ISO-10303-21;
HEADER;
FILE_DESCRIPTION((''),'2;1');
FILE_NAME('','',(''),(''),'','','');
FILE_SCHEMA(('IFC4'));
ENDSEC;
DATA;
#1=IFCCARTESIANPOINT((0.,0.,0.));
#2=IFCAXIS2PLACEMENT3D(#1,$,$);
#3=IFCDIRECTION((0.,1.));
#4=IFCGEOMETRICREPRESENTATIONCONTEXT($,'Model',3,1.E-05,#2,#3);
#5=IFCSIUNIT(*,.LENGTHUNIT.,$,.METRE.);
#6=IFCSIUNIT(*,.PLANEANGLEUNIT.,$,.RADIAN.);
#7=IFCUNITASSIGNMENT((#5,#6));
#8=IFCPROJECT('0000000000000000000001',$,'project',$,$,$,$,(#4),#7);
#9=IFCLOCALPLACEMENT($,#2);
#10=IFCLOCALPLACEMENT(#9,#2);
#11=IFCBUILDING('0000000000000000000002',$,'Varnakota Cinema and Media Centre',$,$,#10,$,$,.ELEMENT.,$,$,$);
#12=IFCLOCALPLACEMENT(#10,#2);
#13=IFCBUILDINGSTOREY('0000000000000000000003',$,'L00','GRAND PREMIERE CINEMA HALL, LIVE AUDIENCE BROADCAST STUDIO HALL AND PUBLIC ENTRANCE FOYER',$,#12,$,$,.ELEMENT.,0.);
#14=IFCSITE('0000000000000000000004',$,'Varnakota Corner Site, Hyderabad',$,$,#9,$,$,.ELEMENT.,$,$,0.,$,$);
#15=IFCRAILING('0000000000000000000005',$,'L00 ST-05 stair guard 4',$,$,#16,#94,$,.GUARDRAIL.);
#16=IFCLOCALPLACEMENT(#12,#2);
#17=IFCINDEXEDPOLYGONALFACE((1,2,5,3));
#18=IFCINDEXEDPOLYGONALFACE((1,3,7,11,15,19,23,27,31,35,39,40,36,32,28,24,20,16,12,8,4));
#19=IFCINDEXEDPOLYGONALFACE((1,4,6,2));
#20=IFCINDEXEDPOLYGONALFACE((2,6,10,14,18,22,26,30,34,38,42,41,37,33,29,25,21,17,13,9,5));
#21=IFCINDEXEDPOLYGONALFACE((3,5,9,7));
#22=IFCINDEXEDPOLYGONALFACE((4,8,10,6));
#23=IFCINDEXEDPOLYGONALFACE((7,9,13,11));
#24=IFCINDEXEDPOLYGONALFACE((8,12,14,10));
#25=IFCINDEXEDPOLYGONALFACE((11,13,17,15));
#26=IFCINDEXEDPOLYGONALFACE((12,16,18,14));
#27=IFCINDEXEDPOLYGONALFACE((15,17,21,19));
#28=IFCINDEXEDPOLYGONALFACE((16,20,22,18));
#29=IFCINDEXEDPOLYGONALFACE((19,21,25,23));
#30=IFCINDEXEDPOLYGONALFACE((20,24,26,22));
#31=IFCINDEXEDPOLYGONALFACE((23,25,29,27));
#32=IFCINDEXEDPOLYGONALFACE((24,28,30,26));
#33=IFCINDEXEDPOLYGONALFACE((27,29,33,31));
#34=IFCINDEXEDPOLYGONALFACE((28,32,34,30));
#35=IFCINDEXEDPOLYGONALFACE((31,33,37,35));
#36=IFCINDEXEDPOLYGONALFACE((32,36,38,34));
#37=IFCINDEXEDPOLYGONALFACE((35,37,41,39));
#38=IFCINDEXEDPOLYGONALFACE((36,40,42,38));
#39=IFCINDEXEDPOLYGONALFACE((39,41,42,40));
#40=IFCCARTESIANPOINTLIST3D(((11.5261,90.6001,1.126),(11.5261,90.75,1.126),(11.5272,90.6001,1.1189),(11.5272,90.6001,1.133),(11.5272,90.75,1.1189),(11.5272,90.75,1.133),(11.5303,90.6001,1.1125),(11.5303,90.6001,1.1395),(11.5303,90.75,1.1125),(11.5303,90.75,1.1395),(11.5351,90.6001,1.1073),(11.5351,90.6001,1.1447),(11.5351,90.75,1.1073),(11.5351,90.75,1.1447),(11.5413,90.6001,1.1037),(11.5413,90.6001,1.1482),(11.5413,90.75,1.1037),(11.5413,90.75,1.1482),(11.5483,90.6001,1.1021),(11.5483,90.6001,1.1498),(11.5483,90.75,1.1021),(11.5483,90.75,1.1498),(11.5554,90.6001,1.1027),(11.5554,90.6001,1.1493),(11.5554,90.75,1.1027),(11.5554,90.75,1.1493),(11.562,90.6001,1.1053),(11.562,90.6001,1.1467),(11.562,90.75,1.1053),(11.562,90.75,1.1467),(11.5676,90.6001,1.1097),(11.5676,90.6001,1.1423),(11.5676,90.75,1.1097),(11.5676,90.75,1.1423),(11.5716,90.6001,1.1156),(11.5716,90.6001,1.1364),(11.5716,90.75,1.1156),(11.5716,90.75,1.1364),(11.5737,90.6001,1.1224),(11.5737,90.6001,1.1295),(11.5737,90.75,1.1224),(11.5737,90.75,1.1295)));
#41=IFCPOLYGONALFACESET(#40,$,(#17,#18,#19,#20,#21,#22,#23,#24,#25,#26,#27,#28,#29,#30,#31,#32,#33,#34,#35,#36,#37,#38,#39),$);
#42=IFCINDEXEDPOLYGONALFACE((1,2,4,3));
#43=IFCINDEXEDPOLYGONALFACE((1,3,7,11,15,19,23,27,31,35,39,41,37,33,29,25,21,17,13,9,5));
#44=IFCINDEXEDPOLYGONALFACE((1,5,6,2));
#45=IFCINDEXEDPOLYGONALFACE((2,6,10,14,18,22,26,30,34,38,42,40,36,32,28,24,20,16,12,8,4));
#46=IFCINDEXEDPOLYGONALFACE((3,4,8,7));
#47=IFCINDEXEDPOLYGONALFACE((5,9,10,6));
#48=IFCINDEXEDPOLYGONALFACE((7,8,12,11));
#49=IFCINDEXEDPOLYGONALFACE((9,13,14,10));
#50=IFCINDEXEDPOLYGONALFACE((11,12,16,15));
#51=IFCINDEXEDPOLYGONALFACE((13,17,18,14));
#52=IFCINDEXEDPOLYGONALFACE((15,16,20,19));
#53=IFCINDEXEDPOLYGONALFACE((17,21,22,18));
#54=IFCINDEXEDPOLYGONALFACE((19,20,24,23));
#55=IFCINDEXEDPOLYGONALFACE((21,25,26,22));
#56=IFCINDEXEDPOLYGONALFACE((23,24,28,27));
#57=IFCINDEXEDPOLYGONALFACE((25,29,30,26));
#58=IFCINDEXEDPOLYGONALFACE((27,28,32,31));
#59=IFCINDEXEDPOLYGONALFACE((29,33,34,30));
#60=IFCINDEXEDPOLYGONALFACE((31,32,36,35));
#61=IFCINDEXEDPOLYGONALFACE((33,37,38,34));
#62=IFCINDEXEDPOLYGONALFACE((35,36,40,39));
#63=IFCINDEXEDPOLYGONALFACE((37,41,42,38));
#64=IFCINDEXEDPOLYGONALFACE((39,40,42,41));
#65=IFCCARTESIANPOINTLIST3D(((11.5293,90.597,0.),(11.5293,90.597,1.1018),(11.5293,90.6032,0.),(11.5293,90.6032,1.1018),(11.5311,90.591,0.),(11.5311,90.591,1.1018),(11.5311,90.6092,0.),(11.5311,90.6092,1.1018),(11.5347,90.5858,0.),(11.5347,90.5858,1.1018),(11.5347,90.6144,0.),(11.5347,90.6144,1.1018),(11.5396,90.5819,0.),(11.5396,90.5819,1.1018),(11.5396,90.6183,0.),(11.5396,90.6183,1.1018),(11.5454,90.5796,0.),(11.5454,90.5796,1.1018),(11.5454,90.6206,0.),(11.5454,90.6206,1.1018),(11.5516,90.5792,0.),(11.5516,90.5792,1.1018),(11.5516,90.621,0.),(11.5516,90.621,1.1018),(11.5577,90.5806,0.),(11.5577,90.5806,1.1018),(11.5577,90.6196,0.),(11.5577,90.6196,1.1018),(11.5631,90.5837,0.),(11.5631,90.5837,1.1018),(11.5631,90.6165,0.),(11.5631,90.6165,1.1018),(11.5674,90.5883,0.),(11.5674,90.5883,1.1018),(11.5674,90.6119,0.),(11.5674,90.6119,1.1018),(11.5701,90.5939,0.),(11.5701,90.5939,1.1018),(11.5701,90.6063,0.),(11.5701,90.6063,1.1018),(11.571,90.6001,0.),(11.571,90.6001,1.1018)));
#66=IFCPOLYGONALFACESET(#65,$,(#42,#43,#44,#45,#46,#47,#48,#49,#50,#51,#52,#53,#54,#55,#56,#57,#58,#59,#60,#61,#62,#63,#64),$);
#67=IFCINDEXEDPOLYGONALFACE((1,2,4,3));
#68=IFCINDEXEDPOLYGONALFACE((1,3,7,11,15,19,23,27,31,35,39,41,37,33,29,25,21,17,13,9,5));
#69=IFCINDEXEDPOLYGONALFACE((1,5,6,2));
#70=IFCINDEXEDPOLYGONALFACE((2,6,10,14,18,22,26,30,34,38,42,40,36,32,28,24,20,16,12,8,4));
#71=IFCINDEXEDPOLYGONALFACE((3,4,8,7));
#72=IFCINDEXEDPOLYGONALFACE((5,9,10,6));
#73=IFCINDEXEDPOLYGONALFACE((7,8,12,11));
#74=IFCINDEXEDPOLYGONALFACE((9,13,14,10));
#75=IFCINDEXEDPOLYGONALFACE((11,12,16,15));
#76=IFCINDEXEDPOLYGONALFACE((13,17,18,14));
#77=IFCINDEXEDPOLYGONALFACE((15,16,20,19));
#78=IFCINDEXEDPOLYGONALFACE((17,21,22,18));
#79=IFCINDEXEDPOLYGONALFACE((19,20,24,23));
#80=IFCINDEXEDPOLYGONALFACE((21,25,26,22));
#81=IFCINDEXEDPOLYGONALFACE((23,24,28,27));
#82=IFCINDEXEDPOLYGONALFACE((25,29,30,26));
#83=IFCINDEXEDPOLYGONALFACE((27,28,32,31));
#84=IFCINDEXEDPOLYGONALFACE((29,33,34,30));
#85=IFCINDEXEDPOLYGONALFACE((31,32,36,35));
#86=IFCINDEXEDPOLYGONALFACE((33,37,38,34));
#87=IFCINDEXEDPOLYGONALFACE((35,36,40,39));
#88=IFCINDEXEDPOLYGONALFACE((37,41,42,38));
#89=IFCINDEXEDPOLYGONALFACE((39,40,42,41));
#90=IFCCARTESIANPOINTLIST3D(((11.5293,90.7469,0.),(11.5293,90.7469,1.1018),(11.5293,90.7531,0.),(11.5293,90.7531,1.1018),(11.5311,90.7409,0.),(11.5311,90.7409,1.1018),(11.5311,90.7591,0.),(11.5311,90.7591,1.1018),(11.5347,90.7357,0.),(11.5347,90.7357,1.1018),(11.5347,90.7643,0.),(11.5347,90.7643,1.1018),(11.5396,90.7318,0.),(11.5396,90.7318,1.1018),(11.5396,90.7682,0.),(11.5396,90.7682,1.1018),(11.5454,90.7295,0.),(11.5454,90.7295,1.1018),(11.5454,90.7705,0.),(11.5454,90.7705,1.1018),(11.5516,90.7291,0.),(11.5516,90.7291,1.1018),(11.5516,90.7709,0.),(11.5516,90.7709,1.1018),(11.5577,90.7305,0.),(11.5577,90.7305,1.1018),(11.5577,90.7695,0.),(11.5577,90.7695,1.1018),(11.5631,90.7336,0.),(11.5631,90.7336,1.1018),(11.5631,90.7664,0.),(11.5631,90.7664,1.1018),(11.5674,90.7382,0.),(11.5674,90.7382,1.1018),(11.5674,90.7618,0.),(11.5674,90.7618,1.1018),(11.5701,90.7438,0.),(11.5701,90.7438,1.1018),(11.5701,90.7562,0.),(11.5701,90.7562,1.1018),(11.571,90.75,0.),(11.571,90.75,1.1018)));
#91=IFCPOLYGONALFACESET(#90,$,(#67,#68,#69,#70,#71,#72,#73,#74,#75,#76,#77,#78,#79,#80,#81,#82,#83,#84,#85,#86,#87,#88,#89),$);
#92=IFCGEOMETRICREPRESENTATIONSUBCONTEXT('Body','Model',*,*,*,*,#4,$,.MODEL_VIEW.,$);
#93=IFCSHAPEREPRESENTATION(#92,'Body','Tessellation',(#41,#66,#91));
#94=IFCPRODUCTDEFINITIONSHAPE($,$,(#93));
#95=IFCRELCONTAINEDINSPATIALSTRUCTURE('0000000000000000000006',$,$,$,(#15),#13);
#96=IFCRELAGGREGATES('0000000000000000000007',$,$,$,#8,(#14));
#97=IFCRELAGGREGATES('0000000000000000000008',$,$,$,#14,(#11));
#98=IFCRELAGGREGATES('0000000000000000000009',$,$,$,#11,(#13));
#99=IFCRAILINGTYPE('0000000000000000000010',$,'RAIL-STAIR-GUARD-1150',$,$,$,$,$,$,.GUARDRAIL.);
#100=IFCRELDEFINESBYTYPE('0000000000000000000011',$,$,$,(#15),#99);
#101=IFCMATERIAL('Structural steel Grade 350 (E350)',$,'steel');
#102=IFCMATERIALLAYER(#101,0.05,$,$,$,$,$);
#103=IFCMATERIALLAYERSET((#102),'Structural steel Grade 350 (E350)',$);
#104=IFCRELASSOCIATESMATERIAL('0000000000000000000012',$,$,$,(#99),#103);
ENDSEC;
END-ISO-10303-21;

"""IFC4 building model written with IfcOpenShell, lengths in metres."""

from ifc_helpers import new_model, si_unit, direction, frame, origin, origin_2d, place, context, subcontext, project, spatial, circle, extrude, material, layer, layer_set, type_object, element, save


model = new_model("IFC4")

# Units and contexts
model_context = context("Model", 3, precision=1e-05, world=origin(), true_north=direction((0.0, 1.0)))
body_context = subcontext(model_context, "Body", "Model", "MODEL_VIEW")
ifc_project = project(units=[si_unit("LENGTHUNIT", "METRE"), si_unit("PLANEANGLEUNIT", "RADIAN")], contexts=[model_context])

# Site, building, storey
site_placement = place(None, origin())
site = spatial("IfcSite", under=ifc_project, at=site_placement, Name="Varnakota Corner Site, Hyderabad", CompositionType="ELEMENT", RefElevation=0.0)
building_placement = place(site_placement, origin())
building = spatial("IfcBuilding", under=site, at=building_placement, Name="Varnakota Cinema and Media Centre", CompositionType="ELEMENT")
storey_placement = place(building_placement, origin())
storey = spatial("IfcBuildingStorey", under=building, at=storey_placement, Name="L00", Description="GRAND PREMIERE CINEMA HALL, LIVE AUDIENCE BROADCAST STUDIO HALL AND PUBLIC ENTRANCE FOYER", CompositionType="ELEMENT", Elevation=0.0)

# Railing
ifc_material_1 = material(Name="Structural steel Grade 350 (E350)", Category="steel")
ifc_layer_1 = layer(ifc_material_1, 0.05)
ifc_layer_set_1 = layer_set([ifc_layer_1], Name="Structural steel Grade 350 (E350)")
railing_type_1 = type_object("IfcRailingType", Name="RAIL-STAIR-GUARD-1150", PredefinedType="GUARDRAIL", material=ifc_layer_set_1)
railing_1_placement = place(storey_placement, frame((11.55, 90.6001, 0.0)))
element("IfcRailing", 1, at=railing_1_placement, inside=storey, type_object=railing_type_1, Name="L00 ST-05 stair guard 4", PredefinedType="GUARDRAIL", context=body_context, shape_type="SweptSolid", body=[
    extrude(circle(Radius=0.0239, at=origin_2d()), frame((0.0, 0.0, 1.126), z_axis=(0.0, 1.0, 0.0), x_axis=(-1.0, 0.0, 0.0)), (0.0, 0.0, 1.0), 0.1499),
    extrude(circle(Radius=0.021, at=origin_2d()), origin(), (0.0, 0.0, 1.0), 1.1018),
    extrude(circle(Radius=0.021, at=origin_2d()), frame((0.0, 0.1499, 0.0)), (0.0, 0.0, 1.0), 1.1018),
])

save(model, "model.ifc")
